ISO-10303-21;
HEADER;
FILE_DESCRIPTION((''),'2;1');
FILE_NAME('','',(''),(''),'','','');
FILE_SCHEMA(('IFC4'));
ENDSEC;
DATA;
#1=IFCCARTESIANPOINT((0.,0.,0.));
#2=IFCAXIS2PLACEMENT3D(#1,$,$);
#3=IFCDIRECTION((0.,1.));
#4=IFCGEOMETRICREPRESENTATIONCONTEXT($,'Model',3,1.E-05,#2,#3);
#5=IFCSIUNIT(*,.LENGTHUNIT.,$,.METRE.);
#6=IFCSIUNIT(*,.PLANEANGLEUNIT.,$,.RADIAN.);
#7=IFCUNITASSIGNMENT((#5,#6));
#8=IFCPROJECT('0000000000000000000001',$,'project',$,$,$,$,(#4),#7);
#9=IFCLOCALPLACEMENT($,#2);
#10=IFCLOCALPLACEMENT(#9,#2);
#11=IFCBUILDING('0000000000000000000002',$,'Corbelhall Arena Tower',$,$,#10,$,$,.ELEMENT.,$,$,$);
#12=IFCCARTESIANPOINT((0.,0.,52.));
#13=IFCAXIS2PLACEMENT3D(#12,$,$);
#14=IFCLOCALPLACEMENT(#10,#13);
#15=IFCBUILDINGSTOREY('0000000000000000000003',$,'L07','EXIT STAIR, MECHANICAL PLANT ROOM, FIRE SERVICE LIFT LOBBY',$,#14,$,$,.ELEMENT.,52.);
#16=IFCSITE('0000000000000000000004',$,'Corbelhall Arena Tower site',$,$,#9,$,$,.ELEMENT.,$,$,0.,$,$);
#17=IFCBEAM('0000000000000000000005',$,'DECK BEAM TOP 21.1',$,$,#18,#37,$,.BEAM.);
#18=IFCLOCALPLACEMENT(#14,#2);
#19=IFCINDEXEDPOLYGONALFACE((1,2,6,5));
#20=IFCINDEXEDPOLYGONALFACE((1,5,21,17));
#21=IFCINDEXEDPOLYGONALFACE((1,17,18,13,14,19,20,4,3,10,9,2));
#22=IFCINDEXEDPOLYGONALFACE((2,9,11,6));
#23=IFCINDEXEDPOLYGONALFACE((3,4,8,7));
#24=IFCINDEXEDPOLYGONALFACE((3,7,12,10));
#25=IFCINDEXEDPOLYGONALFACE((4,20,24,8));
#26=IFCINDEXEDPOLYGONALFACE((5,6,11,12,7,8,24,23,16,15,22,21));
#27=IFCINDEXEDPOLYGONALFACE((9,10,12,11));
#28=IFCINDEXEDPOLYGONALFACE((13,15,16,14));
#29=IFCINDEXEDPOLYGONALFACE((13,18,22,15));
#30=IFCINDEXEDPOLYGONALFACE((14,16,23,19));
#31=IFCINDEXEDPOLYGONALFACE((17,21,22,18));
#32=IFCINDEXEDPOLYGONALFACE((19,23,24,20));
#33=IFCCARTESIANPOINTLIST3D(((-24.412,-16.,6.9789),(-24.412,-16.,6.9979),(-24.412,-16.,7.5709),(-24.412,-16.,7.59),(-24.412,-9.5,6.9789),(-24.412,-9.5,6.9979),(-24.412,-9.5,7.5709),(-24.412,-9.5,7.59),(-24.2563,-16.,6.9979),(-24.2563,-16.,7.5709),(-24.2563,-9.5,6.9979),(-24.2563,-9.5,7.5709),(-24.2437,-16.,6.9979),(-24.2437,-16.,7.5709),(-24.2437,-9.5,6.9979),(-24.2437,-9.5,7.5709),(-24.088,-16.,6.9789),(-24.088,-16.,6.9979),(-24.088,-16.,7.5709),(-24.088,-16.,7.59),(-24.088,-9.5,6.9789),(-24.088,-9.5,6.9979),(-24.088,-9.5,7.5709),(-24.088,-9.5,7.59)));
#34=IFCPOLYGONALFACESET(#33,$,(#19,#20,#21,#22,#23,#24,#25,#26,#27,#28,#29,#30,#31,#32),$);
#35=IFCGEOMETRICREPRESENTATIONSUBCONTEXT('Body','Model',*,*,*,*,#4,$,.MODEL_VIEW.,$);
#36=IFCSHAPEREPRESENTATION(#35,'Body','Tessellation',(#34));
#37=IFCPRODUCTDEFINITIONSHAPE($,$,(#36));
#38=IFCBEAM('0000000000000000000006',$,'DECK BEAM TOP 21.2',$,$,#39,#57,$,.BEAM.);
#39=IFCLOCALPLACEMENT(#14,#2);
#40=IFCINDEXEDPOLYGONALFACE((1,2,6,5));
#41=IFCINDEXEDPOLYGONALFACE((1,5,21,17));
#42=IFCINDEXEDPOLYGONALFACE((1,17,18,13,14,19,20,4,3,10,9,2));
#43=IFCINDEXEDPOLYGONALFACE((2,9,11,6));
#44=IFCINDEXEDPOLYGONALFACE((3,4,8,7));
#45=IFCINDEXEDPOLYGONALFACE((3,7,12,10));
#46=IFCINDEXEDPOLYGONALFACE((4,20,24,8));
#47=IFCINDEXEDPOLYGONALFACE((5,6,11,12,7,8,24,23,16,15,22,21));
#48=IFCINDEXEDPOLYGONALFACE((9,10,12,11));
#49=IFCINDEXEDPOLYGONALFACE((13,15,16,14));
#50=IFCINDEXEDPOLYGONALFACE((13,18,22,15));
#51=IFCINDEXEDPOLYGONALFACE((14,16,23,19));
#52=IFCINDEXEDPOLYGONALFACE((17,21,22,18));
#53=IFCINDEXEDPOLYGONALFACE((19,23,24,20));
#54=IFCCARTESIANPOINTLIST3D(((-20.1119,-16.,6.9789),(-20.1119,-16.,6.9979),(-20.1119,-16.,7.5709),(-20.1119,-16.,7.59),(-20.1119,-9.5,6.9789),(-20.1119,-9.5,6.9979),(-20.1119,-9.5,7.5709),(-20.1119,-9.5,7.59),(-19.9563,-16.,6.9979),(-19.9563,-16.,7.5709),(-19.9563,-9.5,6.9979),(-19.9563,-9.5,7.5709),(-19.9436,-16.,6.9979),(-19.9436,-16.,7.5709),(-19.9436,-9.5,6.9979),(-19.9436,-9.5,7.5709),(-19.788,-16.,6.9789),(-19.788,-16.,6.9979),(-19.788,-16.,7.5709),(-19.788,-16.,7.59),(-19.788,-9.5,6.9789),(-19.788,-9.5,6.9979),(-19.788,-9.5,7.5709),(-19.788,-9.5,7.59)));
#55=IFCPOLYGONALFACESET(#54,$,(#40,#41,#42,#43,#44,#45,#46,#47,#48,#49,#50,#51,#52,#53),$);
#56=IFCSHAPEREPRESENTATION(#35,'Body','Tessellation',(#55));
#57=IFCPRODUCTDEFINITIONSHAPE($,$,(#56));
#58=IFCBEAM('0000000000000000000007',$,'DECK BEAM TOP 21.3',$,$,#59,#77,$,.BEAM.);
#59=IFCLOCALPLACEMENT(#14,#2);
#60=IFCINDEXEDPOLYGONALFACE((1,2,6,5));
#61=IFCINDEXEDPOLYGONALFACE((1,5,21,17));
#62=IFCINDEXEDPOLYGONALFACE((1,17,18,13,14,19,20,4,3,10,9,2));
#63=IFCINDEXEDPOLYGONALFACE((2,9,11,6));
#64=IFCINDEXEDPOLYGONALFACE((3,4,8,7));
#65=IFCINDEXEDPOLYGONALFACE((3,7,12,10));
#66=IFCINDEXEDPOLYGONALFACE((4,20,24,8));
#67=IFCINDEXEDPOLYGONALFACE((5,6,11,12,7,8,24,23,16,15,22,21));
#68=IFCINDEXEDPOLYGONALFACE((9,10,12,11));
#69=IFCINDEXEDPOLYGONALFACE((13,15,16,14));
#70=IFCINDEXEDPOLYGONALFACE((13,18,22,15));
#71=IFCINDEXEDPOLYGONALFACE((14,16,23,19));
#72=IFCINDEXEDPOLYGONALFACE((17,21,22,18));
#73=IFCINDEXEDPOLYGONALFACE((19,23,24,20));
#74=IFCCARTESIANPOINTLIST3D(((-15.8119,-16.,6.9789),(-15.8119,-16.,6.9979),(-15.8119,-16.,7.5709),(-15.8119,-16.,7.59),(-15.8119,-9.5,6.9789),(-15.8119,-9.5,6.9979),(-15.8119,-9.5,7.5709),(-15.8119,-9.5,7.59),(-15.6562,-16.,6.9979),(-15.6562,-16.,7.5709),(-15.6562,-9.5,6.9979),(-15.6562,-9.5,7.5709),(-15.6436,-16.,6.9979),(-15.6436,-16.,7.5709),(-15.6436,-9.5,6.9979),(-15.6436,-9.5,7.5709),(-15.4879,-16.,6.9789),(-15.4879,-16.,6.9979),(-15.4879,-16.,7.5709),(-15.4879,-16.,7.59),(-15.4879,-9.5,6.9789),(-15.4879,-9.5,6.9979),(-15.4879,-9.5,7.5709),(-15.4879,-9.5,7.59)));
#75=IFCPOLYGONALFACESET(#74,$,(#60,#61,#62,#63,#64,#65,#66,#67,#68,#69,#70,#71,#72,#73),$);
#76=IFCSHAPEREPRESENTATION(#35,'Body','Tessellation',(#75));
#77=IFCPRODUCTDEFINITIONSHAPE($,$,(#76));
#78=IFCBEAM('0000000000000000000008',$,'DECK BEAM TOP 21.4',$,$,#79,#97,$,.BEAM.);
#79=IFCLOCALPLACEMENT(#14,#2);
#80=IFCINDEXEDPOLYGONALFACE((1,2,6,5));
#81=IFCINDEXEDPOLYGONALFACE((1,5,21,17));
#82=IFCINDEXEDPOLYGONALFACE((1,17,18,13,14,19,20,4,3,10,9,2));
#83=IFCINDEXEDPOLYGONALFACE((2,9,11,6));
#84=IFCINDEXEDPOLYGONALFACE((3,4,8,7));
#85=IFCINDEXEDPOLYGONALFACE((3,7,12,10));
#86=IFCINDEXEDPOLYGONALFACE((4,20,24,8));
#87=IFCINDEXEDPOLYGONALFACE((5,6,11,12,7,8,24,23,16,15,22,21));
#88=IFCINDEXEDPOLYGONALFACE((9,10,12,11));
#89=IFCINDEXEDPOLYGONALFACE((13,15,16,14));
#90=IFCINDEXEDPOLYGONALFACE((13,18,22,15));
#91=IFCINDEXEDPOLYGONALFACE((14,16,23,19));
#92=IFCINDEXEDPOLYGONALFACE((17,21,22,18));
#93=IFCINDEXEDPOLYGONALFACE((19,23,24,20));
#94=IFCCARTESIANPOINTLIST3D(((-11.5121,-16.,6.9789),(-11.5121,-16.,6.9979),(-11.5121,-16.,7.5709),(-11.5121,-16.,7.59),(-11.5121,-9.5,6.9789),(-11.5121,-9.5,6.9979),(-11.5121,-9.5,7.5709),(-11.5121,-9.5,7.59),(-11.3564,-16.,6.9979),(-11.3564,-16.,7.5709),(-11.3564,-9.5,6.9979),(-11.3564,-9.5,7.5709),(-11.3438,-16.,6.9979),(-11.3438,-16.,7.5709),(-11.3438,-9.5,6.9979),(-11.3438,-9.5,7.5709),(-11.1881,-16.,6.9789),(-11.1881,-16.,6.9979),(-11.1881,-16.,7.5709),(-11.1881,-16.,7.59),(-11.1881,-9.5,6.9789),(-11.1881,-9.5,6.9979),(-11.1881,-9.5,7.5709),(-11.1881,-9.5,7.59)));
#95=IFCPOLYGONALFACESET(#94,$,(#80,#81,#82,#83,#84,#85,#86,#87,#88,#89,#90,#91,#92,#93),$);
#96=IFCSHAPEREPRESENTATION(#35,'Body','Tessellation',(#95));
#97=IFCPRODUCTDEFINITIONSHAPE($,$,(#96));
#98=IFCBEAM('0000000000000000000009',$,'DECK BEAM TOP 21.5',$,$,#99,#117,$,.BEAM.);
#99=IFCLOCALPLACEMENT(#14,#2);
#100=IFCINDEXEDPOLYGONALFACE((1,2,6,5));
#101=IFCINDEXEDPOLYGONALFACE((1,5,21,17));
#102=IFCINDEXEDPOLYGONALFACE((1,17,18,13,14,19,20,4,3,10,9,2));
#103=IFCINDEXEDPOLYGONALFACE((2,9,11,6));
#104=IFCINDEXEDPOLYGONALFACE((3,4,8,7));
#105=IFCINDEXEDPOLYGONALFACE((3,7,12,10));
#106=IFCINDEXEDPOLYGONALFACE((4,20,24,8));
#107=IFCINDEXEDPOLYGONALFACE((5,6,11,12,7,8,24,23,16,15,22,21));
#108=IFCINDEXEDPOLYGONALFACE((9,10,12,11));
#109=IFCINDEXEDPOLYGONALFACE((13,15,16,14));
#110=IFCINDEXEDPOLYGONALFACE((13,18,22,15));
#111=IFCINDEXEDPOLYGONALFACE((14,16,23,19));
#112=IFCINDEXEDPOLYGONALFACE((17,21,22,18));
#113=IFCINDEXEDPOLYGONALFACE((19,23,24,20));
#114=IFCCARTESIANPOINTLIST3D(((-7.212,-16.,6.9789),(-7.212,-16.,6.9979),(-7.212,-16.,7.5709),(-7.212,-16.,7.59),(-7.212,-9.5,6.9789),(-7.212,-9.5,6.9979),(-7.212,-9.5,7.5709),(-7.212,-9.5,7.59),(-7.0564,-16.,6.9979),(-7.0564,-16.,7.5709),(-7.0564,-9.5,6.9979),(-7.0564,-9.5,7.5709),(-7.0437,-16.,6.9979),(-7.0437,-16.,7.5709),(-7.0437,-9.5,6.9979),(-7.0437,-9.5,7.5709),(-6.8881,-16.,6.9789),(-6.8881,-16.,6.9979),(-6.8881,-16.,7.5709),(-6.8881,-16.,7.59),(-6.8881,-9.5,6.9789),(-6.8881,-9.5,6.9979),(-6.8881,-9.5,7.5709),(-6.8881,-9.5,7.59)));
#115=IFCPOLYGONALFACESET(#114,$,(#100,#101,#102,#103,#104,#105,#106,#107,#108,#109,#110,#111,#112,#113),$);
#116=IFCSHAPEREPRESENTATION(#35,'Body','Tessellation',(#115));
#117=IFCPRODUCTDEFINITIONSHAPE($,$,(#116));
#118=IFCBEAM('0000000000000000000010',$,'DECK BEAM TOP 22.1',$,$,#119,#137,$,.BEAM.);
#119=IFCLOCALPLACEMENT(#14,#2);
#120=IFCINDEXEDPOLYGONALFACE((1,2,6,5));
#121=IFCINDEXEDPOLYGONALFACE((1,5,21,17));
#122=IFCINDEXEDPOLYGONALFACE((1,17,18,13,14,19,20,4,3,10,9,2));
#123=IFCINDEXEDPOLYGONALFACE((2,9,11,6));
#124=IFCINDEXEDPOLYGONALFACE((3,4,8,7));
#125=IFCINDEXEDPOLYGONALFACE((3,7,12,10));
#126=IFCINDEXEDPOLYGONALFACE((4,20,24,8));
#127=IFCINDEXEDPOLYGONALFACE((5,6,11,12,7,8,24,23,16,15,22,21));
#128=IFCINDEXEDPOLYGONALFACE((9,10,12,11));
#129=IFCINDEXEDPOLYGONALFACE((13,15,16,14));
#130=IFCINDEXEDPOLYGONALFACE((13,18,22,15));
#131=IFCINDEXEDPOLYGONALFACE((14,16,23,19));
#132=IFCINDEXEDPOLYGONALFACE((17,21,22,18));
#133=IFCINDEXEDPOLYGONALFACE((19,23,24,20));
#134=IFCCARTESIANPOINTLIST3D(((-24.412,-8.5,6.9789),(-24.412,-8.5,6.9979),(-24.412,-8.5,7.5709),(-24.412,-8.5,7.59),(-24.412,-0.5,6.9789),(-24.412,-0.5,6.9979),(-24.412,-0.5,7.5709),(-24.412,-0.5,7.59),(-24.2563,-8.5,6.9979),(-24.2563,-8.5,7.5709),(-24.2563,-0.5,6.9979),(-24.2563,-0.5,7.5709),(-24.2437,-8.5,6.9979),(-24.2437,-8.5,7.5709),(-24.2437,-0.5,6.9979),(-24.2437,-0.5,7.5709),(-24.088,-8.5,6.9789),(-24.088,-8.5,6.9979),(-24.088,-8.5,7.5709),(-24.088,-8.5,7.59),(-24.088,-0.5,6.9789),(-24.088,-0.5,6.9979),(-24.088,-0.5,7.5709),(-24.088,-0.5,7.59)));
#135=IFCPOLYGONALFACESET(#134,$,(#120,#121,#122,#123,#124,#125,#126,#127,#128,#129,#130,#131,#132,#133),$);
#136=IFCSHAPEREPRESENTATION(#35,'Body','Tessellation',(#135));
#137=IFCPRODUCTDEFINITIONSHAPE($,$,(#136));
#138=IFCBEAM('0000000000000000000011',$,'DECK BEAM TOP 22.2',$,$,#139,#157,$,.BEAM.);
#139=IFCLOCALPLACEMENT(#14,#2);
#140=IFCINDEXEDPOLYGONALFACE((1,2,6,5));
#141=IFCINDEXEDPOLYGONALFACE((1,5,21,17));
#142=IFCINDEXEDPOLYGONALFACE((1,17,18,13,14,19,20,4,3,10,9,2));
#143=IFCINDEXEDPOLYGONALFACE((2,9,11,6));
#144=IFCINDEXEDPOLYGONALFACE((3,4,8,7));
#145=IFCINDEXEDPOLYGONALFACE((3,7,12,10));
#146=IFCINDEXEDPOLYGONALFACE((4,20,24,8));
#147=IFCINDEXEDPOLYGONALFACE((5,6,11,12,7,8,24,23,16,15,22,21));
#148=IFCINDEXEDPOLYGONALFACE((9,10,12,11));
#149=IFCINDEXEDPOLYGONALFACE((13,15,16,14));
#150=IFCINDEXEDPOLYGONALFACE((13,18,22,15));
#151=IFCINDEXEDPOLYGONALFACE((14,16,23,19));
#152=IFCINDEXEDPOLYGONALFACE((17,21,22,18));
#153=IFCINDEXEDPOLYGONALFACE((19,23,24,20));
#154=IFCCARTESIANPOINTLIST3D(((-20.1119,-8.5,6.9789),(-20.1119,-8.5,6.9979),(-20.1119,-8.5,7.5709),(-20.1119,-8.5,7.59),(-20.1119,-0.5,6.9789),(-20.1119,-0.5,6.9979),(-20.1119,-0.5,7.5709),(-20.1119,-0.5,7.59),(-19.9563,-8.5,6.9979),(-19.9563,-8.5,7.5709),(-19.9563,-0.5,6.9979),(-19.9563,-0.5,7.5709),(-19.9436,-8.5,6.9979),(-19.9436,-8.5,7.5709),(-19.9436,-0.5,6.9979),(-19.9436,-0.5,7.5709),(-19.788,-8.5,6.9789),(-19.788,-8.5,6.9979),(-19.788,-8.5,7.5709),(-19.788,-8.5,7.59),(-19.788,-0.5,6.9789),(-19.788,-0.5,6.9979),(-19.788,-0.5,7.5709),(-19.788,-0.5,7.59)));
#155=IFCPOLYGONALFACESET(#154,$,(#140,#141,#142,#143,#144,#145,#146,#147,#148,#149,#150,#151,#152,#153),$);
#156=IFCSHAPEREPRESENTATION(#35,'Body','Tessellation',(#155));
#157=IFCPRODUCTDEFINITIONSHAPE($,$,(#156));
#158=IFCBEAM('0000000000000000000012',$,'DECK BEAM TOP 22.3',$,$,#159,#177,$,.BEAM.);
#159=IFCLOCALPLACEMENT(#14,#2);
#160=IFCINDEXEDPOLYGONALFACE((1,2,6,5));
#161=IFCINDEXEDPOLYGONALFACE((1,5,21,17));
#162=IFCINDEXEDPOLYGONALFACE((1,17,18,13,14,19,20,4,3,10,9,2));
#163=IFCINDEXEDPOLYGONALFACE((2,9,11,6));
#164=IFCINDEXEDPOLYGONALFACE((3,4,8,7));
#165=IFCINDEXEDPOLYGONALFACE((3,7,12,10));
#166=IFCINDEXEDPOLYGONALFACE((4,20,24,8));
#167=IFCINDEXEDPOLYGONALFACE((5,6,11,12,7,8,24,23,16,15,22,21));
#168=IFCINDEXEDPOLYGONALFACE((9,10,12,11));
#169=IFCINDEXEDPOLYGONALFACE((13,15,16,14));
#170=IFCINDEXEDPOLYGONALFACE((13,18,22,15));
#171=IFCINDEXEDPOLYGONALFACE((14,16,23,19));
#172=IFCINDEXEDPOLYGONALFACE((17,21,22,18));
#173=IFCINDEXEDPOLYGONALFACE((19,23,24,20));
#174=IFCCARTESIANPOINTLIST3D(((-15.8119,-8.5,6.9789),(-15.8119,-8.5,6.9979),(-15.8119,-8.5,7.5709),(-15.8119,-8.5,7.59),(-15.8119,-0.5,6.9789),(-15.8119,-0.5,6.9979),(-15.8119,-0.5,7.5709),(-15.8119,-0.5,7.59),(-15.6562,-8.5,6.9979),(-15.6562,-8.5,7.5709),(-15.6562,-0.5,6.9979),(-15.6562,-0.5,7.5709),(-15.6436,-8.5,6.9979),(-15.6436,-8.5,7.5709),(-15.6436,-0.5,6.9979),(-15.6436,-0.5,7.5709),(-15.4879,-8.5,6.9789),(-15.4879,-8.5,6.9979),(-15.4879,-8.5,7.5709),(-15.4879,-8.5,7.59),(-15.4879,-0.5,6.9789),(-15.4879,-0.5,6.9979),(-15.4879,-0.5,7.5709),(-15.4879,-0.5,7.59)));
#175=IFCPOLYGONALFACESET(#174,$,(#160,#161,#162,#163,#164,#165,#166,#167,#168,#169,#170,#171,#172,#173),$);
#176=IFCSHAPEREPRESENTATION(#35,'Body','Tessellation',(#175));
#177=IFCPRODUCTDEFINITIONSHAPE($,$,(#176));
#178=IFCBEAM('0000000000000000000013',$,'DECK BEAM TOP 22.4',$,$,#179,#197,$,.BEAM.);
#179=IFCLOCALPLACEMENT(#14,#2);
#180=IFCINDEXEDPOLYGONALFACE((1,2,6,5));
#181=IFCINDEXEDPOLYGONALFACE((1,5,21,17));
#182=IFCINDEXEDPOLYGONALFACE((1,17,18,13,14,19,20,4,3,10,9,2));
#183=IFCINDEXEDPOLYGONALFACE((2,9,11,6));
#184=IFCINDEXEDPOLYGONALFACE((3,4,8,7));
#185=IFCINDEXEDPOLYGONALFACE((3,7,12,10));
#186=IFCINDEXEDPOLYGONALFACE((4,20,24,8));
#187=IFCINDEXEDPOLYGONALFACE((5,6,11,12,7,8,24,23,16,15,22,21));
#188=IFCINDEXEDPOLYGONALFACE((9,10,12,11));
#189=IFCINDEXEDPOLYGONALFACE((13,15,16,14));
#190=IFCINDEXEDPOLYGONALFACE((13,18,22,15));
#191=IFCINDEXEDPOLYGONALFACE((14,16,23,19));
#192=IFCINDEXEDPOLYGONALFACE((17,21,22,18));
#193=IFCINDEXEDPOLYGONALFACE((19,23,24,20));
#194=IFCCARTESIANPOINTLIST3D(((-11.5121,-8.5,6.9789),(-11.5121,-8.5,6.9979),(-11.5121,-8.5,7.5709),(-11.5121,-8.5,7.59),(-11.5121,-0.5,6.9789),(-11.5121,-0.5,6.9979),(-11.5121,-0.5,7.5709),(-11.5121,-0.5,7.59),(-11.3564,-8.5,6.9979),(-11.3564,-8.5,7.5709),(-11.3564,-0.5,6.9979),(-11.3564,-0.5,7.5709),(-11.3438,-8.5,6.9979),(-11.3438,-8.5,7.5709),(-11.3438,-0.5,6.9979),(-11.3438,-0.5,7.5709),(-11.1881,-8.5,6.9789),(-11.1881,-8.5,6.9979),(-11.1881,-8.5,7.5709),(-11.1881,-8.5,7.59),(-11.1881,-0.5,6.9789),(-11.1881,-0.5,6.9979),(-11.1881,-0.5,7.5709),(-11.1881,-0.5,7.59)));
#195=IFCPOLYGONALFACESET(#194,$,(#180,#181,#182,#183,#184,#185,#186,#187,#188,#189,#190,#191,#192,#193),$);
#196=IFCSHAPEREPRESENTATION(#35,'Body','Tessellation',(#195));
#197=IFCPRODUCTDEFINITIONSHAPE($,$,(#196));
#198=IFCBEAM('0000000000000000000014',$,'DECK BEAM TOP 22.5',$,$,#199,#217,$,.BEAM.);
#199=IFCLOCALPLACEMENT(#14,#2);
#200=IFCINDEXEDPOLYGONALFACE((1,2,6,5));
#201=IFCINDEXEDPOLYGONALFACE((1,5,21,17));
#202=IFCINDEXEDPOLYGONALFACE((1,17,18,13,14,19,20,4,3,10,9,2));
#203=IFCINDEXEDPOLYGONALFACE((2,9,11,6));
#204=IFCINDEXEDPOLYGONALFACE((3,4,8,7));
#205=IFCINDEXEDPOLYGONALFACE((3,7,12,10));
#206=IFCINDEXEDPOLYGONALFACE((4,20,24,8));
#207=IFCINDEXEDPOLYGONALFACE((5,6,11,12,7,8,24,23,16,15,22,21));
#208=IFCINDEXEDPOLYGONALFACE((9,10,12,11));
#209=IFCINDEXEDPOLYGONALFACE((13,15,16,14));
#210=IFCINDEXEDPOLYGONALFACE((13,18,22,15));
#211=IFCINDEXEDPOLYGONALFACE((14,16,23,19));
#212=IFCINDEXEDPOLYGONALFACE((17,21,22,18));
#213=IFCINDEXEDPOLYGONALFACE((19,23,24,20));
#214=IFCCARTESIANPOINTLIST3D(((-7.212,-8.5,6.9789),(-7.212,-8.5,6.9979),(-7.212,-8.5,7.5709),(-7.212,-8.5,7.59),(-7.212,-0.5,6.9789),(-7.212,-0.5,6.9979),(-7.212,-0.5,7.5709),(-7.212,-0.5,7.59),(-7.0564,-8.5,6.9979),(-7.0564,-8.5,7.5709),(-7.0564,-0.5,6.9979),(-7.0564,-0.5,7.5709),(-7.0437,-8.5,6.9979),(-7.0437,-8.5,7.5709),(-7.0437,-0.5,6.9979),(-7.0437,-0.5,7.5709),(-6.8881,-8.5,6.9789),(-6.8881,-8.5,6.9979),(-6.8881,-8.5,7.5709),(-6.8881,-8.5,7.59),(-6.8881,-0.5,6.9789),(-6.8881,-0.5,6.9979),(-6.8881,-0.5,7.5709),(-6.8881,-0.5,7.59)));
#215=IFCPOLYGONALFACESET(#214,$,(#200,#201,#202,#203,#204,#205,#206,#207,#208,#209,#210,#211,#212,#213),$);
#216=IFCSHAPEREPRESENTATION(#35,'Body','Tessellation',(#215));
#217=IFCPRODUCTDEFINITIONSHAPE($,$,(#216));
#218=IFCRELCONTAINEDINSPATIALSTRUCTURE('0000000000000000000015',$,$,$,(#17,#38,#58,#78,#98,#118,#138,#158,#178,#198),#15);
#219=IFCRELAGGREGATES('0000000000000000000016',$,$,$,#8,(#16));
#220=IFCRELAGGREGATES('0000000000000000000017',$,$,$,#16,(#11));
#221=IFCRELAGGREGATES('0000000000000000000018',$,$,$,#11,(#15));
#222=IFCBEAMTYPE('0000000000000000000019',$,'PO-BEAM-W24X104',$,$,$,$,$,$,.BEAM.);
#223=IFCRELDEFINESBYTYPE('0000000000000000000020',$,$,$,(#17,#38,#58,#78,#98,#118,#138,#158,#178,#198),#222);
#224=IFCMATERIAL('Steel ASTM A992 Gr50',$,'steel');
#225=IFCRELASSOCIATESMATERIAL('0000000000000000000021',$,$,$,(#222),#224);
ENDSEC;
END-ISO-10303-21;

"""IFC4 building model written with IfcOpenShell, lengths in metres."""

from ifc_helpers import new_model, si_unit, direction, frame, origin, origin_2d, place, context, subcontext, project, spatial, i_section, extrude, material, material_profile, profile_set, type_object, element, save


model = new_model("IFC4")

# Units and contexts
model_context = context("Model", 3, precision=1e-05, world=origin(), true_north=direction((0.0, 1.0)))
body_context = subcontext(model_context, "Body", "Model", "MODEL_VIEW")
ifc_project = project(units=[si_unit("LENGTHUNIT", "METRE"), si_unit("PLANEANGLEUNIT", "RADIAN")], contexts=[model_context])

# Site, building, storey
site_placement = place(None, origin())
site = spatial("IfcSite", under=ifc_project, at=site_placement, Name="Corbelhall Arena Tower site", CompositionType="ELEMENT", RefElevation=0.0)
building_placement = place(site_placement, origin())
building = spatial("IfcBuilding", under=site, at=building_placement, Name="Corbelhall Arena Tower", CompositionType="ELEMENT")
storey_placement = place(building_placement, frame((0.0, 0.0, 52.0)))
storey = spatial("IfcBuildingStorey", under=building, at=storey_placement, Name="L07", Description="EXIT STAIR, MECHANICAL PLANT ROOM, FIRE SERVICE LIFT LOBBY", CompositionType="ELEMENT", Elevation=52.0)

# Beams
ifc_material_1 = material(Name="Steel ASTM A992 Gr50", Category="steel")
ifc_material_profile_1 = material_profile(ifc_material_1, i_section(OverallWidth=0.324, OverallDepth=0.6111, WebThickness=0.0127, FlangeThickness=0.019, at=origin_2d()))
ifc_profile_set_1 = profile_set([ifc_material_profile_1], Name="Steel ASTM A992 Gr50")
beam_type = type_object("IfcBeamType", Name="PO-BEAM-W24X104", PredefinedType="BEAM", material=ifc_profile_set_1)
for number, where, z_axis, x_axis, name in (
    (1, (-24.25, -16.0, 7.2844), (0.0, 1.0, 0.0), (-1.0, 0.0, 0.0), "DECK BEAM TOP 21.1"),
    (2, (-19.95, -16.0, 7.2844), (0.0, 1.0, 0.0), (-1.0, 0.0, 0.0), "DECK BEAM TOP 21.2"),
    (3, (-15.6499, -16.0, 7.2844), (0.0, 1.0, 0.0), (-1.0, 0.0, 0.0), "DECK BEAM TOP 21.3"),
    (4, (-11.3501, -16.0, 7.2844), (0.0, 1.0, 0.0), (-1.0, 0.0, 0.0), "DECK BEAM TOP 21.4"),
    (5, (-7.05, -16.0, 7.2844), (0.0, 1.0, 0.0), (-1.0, 0.0, 0.0), "DECK BEAM TOP 21.5"),
):
    element("IfcBeam", number, at=place(storey_placement, frame(where, z_axis=z_axis, x_axis=x_axis)), inside=storey, type_object=beam_type, Name=name, PredefinedType="BEAM", context=body_context, shape_type="SweptSolid", body=[
        extrude(i_section(OverallWidth=0.324, OverallDepth=0.6111, WebThickness=0.0127, FlangeThickness=0.019, at=origin_2d()), origin(), (0.0, 0.0, 1.0), 6.5),
    ])
for number, where, z_axis, x_axis, name in (
    (6, (-24.25, -8.5, 7.2844), (0.0, 1.0, 0.0), (-1.0, 0.0, 0.0), "DECK BEAM TOP 22.1"),
    (7, (-19.95, -8.5, 7.2844), (0.0, 1.0, 0.0), (-1.0, 0.0, 0.0), "DECK BEAM TOP 22.2"),
    (8, (-15.6499, -8.5, 7.2844), (0.0, 1.0, 0.0), (-1.0, 0.0, 0.0), "DECK BEAM TOP 22.3"),
    (9, (-11.3501, -8.5, 7.2844), (0.0, 1.0, 0.0), (-1.0, 0.0, 0.0), "DECK BEAM TOP 22.4"),
    (10, (-7.05, -8.5, 7.2844), (0.0, 1.0, 0.0), (-1.0, 0.0, 0.0), "DECK BEAM TOP 22.5"),
):
    element("IfcBeam", number, at=place(storey_placement, frame(where, z_axis=z_axis, x_axis=x_axis)), inside=storey, type_object=beam_type, Name=name, PredefinedType="BEAM", context=body_context, shape_type="SweptSolid", body=[
        extrude(i_section(OverallWidth=0.324, OverallDepth=0.6111, WebThickness=0.0127, FlangeThickness=0.019, at=origin_2d()), origin(), (0.0, 0.0, 1.0), 8.0),
    ])

save(model, "model.ifc")
